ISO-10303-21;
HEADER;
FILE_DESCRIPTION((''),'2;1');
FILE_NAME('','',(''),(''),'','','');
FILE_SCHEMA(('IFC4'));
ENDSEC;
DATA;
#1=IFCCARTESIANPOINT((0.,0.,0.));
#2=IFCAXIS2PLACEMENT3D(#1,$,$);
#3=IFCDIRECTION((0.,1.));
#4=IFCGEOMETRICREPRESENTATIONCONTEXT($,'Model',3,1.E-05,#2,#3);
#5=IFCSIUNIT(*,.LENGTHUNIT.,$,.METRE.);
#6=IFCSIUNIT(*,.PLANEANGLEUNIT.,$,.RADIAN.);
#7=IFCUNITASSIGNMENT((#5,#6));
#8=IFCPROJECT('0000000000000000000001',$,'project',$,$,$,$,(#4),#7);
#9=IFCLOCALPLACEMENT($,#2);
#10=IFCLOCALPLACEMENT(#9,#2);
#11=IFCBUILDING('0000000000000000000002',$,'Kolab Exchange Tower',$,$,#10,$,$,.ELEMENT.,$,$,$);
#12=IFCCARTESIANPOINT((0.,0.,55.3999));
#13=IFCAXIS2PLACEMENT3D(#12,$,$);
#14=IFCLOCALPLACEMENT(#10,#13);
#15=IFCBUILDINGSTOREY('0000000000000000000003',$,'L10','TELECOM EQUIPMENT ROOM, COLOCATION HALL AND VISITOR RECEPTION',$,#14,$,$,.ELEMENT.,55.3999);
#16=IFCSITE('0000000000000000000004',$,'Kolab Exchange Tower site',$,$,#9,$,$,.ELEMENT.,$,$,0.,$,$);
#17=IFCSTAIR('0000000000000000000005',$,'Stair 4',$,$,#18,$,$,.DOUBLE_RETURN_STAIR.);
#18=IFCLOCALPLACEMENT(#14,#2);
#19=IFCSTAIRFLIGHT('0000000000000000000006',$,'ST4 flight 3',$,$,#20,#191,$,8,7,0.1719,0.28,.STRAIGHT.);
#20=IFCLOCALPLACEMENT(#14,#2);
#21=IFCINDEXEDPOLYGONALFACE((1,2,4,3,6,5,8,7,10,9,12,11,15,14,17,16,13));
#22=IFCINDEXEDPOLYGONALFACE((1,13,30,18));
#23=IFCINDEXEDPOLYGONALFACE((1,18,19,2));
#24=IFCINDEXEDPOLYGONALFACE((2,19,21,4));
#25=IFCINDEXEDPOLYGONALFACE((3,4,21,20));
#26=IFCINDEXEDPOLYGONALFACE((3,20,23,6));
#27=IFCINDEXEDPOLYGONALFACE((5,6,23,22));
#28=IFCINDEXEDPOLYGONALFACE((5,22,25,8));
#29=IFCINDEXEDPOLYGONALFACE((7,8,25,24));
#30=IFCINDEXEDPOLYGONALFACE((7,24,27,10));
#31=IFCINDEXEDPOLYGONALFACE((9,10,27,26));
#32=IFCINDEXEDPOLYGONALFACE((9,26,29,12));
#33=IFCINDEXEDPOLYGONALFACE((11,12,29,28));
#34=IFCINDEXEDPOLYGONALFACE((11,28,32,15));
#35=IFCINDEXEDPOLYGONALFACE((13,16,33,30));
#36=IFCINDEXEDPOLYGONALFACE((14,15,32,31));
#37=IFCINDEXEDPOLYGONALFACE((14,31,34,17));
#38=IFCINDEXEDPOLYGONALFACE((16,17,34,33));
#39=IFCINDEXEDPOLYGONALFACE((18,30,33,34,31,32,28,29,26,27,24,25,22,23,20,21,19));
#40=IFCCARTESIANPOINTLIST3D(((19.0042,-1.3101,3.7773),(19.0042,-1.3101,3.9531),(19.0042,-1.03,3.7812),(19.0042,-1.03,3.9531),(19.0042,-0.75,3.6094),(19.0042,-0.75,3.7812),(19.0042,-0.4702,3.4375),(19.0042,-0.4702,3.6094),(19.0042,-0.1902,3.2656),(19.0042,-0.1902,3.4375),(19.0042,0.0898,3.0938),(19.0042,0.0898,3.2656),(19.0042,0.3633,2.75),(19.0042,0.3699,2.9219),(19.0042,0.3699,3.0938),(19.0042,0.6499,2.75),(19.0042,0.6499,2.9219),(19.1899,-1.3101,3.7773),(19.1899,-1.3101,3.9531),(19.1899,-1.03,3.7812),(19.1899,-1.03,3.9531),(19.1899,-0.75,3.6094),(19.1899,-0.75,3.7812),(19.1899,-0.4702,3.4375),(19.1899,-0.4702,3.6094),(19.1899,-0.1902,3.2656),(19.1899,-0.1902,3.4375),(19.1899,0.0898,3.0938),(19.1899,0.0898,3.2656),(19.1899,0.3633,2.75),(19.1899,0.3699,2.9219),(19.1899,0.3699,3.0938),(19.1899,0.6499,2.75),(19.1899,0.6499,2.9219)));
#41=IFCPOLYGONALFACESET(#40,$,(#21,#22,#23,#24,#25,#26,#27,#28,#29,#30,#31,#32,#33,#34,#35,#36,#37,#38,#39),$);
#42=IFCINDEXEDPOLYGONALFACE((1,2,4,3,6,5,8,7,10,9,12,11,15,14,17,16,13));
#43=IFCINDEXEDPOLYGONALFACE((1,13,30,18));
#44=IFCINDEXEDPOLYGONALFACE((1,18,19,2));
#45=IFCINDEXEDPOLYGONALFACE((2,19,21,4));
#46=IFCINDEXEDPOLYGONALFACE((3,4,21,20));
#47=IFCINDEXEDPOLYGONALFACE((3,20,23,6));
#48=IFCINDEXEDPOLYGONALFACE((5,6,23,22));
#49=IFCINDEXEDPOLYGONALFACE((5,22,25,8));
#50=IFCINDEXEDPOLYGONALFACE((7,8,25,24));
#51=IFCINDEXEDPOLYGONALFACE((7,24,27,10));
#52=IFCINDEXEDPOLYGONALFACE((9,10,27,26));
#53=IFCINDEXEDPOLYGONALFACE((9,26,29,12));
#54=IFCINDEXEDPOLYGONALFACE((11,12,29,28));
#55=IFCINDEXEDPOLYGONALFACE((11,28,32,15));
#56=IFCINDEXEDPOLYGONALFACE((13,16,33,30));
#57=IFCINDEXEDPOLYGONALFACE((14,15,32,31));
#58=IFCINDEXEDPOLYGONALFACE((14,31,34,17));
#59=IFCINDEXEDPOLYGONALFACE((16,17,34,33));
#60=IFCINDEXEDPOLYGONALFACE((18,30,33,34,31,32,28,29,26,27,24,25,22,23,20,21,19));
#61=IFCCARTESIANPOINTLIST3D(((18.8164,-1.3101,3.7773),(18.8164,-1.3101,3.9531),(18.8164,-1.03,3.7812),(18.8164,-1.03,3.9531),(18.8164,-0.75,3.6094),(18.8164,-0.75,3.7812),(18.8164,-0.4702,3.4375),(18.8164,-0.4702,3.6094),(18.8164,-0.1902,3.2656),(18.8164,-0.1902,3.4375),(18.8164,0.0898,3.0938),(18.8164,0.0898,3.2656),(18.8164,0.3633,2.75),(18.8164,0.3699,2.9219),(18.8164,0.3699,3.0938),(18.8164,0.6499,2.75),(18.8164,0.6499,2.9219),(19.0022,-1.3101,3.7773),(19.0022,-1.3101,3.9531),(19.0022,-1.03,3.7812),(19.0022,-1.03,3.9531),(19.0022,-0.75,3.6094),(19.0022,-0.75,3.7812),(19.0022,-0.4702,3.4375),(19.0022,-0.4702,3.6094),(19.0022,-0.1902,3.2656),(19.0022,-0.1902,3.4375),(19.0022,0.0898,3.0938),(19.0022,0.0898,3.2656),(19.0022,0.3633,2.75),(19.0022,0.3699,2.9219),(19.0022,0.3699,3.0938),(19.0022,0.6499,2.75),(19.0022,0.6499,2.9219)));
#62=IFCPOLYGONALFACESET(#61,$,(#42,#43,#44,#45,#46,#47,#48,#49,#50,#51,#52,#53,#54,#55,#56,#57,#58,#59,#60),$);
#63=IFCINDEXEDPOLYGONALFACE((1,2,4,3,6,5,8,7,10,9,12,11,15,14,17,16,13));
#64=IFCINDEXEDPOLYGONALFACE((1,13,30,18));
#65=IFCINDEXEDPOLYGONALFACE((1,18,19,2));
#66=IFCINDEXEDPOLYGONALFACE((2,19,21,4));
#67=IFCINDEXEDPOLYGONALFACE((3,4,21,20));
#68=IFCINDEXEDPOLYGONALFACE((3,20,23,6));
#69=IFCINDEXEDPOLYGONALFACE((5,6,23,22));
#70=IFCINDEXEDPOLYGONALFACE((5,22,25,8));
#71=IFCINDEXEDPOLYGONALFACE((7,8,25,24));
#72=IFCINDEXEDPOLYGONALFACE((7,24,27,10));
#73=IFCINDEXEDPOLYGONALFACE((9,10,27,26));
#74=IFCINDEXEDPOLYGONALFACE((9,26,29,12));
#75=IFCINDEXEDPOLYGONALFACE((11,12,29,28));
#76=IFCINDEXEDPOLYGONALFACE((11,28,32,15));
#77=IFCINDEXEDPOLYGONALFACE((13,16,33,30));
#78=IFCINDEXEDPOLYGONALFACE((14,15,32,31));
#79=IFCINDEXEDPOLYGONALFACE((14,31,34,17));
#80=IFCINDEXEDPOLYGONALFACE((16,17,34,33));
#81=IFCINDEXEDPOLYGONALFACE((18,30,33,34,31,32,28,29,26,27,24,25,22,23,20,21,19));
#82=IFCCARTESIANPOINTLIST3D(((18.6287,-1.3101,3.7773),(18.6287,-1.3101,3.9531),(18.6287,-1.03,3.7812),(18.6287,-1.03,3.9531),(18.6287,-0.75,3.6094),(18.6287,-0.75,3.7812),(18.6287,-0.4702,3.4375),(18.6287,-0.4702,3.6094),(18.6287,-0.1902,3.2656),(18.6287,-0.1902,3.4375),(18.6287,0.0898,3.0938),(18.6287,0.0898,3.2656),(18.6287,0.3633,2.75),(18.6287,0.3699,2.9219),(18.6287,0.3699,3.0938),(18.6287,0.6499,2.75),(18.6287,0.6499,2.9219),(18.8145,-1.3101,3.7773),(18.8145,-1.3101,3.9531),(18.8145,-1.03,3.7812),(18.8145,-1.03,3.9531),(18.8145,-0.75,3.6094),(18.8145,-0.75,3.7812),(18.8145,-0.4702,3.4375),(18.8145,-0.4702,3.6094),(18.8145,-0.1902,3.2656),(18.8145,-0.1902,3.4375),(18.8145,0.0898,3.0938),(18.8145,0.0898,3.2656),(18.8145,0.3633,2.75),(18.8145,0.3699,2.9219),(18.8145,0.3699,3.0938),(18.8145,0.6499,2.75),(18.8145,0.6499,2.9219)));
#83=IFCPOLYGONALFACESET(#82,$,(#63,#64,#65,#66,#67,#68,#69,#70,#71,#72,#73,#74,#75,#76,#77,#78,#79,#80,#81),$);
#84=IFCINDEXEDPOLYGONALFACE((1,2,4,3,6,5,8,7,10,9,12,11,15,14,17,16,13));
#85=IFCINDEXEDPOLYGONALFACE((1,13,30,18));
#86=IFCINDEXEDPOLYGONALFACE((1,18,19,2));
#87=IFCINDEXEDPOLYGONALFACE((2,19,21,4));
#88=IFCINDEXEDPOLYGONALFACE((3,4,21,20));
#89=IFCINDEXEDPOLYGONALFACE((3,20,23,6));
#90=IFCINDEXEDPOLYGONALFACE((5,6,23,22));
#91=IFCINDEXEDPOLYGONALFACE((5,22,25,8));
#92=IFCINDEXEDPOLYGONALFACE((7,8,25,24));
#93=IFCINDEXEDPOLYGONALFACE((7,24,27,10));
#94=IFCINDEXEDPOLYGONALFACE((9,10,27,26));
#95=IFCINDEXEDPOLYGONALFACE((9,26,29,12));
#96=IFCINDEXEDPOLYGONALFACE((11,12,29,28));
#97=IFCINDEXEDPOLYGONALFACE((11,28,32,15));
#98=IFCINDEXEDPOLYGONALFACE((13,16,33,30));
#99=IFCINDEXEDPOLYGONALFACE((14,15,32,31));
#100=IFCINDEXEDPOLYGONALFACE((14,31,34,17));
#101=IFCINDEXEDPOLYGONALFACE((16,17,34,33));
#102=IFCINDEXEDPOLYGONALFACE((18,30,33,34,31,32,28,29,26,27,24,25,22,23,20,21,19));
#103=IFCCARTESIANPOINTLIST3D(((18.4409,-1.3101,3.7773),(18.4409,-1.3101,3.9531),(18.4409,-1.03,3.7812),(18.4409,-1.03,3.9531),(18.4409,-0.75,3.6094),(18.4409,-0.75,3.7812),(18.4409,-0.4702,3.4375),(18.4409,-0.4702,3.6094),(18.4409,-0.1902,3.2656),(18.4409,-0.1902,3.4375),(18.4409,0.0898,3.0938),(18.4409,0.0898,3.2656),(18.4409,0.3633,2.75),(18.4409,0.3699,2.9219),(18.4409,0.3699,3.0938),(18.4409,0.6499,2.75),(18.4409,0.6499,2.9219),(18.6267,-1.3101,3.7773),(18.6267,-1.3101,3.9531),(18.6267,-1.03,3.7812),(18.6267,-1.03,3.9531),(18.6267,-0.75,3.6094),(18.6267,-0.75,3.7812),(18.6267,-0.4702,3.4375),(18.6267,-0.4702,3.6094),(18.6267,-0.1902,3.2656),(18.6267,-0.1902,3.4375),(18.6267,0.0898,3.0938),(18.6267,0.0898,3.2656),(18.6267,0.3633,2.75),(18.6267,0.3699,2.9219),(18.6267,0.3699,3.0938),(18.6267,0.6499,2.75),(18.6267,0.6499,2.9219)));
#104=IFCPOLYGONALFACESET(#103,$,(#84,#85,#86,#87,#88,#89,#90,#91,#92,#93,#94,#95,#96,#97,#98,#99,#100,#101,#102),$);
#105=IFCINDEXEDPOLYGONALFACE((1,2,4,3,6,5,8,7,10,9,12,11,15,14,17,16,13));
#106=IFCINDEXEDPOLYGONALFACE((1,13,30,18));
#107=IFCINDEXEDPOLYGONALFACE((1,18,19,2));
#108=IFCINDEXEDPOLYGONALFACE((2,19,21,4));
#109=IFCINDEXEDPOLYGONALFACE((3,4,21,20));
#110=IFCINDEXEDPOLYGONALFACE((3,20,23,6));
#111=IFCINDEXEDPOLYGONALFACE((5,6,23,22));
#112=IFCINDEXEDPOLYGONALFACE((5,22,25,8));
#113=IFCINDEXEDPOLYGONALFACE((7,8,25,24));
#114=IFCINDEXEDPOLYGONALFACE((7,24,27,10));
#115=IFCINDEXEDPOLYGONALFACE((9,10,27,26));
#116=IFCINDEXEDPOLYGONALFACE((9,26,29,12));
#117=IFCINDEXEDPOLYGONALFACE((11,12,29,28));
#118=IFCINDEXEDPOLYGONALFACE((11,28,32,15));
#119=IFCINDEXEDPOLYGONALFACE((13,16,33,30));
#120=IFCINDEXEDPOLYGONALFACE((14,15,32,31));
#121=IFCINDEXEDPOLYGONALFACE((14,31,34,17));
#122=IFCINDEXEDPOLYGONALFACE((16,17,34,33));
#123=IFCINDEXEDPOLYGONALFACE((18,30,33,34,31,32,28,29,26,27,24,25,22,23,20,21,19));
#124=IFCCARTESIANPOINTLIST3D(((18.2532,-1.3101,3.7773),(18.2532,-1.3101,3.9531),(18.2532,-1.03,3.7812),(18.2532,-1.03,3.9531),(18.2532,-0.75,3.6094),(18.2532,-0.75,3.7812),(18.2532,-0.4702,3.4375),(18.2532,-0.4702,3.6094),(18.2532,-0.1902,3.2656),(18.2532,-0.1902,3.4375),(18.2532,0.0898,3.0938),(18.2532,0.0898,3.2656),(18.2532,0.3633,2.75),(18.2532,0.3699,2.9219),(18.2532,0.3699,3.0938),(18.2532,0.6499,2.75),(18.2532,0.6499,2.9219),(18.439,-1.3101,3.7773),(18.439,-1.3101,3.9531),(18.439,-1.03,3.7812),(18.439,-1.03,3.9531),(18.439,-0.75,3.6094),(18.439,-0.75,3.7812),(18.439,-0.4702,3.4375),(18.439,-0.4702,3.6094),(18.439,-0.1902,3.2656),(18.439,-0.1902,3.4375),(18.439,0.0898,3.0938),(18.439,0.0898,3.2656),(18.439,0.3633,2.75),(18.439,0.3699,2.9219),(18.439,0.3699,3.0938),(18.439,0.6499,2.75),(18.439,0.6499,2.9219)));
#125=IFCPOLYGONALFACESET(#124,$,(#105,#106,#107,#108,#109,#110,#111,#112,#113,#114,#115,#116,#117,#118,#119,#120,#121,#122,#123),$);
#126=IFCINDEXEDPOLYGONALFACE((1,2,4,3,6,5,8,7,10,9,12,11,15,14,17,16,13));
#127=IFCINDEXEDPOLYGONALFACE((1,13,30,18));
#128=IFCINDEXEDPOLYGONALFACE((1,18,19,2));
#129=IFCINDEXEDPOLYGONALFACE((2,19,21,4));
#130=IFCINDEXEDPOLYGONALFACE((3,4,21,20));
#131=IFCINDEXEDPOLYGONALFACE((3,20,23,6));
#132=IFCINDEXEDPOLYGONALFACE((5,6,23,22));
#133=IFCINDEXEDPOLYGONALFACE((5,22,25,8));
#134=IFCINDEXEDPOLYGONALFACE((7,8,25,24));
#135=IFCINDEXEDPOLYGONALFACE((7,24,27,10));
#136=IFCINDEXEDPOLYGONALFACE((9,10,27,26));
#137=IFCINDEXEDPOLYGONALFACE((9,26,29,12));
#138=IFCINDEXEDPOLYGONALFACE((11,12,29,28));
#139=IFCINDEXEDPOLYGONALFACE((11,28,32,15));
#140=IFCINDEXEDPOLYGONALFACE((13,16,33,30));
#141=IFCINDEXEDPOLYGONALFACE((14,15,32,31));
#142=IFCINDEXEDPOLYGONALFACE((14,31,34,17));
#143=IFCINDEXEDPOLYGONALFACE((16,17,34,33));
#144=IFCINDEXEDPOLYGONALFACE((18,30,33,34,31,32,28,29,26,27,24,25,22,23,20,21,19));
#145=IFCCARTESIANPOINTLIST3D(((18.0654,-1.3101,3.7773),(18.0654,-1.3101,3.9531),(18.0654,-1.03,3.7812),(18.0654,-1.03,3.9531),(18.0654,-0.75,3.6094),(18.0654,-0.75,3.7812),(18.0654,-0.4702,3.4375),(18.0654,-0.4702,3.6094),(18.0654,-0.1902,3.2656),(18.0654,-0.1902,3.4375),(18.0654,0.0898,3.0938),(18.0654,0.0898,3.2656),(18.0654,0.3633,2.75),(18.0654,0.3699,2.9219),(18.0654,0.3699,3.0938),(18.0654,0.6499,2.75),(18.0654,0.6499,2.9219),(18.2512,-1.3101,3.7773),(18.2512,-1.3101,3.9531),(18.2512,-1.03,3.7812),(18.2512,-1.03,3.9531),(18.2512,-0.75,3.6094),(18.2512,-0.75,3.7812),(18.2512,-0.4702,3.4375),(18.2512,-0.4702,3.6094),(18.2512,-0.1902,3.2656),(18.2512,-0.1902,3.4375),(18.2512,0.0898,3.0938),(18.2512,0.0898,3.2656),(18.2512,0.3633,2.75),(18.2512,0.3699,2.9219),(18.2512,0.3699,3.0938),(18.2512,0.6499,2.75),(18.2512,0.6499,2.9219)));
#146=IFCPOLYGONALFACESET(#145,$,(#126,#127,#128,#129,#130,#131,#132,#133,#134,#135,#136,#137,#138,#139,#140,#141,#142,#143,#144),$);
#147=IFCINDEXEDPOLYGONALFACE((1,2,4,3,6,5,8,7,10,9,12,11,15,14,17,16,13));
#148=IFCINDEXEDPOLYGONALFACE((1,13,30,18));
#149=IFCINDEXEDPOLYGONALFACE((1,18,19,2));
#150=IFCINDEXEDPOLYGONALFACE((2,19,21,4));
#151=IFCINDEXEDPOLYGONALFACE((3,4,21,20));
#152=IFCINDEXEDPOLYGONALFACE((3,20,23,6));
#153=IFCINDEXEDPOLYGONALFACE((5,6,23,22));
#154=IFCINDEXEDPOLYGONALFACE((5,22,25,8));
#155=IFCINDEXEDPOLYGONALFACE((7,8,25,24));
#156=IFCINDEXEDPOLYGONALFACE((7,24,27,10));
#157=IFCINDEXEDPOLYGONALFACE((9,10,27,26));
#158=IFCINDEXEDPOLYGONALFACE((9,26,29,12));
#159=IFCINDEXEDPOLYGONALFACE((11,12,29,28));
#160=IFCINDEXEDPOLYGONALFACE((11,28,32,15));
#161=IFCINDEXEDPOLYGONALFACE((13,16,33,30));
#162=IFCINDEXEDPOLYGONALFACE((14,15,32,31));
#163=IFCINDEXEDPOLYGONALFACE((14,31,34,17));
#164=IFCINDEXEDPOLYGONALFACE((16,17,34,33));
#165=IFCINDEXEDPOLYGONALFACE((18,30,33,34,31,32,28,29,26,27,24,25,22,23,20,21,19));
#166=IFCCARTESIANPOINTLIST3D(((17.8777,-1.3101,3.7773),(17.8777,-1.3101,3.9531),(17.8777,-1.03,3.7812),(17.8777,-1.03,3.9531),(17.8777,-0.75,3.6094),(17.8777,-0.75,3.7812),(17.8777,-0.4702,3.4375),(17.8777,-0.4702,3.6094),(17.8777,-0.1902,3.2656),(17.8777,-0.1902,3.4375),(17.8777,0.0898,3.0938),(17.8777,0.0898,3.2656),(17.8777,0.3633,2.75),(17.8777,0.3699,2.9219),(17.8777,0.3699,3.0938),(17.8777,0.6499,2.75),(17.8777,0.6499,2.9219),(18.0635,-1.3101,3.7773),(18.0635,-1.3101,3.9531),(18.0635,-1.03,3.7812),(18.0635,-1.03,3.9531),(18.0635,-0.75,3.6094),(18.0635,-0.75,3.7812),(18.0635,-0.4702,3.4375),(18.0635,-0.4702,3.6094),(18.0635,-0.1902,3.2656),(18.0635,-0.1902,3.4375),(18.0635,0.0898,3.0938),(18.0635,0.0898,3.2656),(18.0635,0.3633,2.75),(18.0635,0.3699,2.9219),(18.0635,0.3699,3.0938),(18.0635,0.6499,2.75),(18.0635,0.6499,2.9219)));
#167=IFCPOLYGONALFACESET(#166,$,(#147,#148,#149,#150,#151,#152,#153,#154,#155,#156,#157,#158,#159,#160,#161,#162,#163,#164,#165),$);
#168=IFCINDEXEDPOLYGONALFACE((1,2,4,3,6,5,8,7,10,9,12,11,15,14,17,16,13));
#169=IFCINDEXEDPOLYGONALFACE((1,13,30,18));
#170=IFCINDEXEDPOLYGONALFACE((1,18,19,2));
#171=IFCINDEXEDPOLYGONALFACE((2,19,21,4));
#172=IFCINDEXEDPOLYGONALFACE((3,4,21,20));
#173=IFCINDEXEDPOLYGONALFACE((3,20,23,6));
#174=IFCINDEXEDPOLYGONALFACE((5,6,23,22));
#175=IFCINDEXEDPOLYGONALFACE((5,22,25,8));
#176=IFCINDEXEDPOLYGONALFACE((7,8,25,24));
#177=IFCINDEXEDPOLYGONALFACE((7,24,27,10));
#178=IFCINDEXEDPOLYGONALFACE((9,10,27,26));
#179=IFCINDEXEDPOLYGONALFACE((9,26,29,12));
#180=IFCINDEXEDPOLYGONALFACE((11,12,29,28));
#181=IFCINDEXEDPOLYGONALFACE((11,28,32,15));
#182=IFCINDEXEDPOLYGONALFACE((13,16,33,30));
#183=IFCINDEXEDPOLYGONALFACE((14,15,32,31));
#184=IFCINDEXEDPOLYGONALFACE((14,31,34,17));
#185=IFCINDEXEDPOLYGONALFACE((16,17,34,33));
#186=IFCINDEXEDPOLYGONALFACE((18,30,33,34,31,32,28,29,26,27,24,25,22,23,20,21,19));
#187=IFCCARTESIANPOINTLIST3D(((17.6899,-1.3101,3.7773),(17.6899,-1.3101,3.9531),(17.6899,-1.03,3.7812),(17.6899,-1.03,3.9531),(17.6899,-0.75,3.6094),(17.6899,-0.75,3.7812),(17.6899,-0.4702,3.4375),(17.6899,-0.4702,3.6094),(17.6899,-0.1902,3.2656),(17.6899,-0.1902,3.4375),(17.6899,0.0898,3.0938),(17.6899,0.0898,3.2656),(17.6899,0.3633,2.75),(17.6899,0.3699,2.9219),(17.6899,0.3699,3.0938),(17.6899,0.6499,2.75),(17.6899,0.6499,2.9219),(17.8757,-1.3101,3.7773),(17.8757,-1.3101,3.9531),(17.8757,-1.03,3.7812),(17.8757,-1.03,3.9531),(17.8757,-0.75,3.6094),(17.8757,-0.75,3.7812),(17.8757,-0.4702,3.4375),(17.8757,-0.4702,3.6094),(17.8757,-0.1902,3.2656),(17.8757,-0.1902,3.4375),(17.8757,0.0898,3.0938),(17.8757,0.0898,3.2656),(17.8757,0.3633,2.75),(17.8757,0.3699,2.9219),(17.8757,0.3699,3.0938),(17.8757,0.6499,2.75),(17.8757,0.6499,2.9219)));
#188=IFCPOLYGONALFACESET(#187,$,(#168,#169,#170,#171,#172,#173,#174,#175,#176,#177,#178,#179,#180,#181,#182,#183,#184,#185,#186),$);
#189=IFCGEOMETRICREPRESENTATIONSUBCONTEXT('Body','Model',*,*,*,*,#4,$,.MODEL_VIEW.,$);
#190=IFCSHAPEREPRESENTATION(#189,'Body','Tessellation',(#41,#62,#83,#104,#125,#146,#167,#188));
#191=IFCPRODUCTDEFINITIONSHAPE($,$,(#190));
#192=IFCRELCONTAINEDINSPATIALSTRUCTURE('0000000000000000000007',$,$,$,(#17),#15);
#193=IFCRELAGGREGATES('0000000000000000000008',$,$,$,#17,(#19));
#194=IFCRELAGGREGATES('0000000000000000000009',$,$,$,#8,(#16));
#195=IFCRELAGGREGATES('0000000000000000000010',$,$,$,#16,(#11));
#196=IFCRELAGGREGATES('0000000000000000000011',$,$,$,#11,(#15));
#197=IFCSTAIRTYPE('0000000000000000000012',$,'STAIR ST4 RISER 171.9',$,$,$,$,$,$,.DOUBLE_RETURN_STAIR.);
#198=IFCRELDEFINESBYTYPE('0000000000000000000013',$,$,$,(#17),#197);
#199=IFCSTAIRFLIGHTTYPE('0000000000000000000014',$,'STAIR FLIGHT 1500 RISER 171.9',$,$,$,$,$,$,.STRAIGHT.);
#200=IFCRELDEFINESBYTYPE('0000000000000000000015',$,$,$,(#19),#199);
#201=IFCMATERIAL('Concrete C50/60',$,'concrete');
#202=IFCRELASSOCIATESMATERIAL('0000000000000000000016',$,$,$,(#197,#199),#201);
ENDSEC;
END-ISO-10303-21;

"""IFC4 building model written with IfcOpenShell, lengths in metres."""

from ifc_helpers import new_model, si_unit, direction, frame, origin, place, context, subcontext, project, spatial, polyline, outline, extrude, material, type_object, element, aggregate, save


model = new_model("IFC4")

# Units and contexts
model_context = context("Model", 3, precision=1e-05, world=origin(), true_north=direction((0.0, 1.0)))
body_context = subcontext(model_context, "Body", "Model", "MODEL_VIEW")
ifc_project = project(units=[si_unit("LENGTHUNIT", "METRE"), si_unit("PLANEANGLEUNIT", "RADIAN")], contexts=[model_context])

# Site, building, storey
site_placement = place(None, origin())
site = spatial("IfcSite", under=ifc_project, at=site_placement, Name="Kolab Exchange Tower site", CompositionType="ELEMENT", RefElevation=0.0)
building_placement = place(site_placement, origin())
building = spatial("IfcBuilding", under=site, at=building_placement, Name="Kolab Exchange Tower", CompositionType="ELEMENT")
storey_placement = place(building_placement, frame((0.0, 0.0, 55.3999)))
storey = spatial("IfcBuildingStorey", under=building, at=storey_placement, Name="L10", Description="TELECOM EQUIPMENT ROOM, COLOCATION HALL AND VISITOR RECEPTION", CompositionType="ELEMENT", Elevation=55.3999)

# Shared definitions
ifc_material_1 = material(Name="Concrete C50/60", Category="concrete")

# Stair, stair flight
stair_type = type_object("IfcStairType", Name="STAIR ST4 RISER 171.9", PredefinedType="DOUBLE_RETURN_STAIR", material=ifc_material_1)
stair_placement = place(storey_placement, origin())
stair = element("IfcStair", 1, at=stair_placement, inside=storey, type_object=stair_type, Name="Stair 4", PredefinedType="DOUBLE_RETURN_STAIR")
stair_flight_type = type_object("IfcStairFlightType", Name="STAIR FLIGHT 1500 RISER 171.9", PredefinedType="STRAIGHT", material=ifc_material_1)
stair_flight_1_placement = place(storey_placement, frame((18.4399, 0.6499, 2.75), z_axis=(0.0, 0.0, 1.0), x_axis=(0.0, -1.0, 0.0)))
stair_flight_1 = element("IfcStairFlight", 2, at=stair_flight_1_placement, type_object=stair_flight_type, Name="ST4 flight 3", NumberOfRisers=8, NumberOfTreads=7, PredefinedType="STRAIGHT", RiserHeight=0.1719, TreadLength=0.28, context=body_context, shape_type="SweptSolid", body=[
    extrude(outline(polyline([(0.0, 0.0), (0.0, 0.1719), (0.28, 0.1719), (0.28, 0.3438), (0.5601, 0.3438), (0.5601, 0.5156), (0.8401, 0.5156), (0.8401, 0.6875), (1.1201, 0.6875), (1.1201, 0.8594), (1.3999, 0.8594), (1.3999, 1.0312), (1.6799, 1.0312), (1.6799, 1.2031), (1.96, 1.2031), (1.96, 1.375), (1.96, 1.0273), (0.2866, 0.0), (0.0, 0.0)])), frame((0.0, 0.75, 0.0), z_axis=(0.0, -1.0, 0.0), x_axis=(1.0, 0.0, 0.0)), (0.0, 0.0, 1.0), 0.1858),
    extrude(outline(polyline([(0.0, 0.0), (0.0, 0.1719), (0.28, 0.1719), (0.28, 0.3438), (0.5601, 0.3438), (0.5601, 0.5156), (0.8401, 0.5156), (0.8401, 0.6875), (1.1201, 0.6875), (1.1201, 0.8594), (1.3999, 0.8594), (1.3999, 1.0312), (1.6799, 1.0312), (1.6799, 1.2031), (1.96, 1.2031), (1.96, 1.375), (1.96, 1.0273), (0.2866, 0.0), (0.0, 0.0)])), frame((0.0, 0.5623, 0.0), z_axis=(0.0, -1.0, 0.0), x_axis=(1.0, 0.0, 0.0)), (0.0, 0.0, 1.0), 0.1858),
    extrude(outline(polyline([(0.0, 0.0), (0.0, 0.1719), (0.28, 0.1719), (0.28, 0.3438), (0.5601, 0.3438), (0.5601, 0.5156), (0.8401, 0.5156), (0.8401, 0.6875), (1.1201, 0.6875), (1.1201, 0.8594), (1.3999, 0.8594), (1.3999, 1.0312), (1.6799, 1.0312), (1.6799, 1.2031), (1.96, 1.2031), (1.96, 1.375), (1.96, 1.0273), (0.2866, 0.0), (0.0, 0.0)])), frame((0.0, 0.3745, 0.0), z_axis=(0.0, -1.0, 0.0), x_axis=(1.0, 0.0, 0.0)), (0.0, 0.0, 1.0), 0.1858),
    extrude(outline(polyline([(0.0, 0.0), (0.0, 0.1719), (0.28, 0.1719), (0.28, 0.3438), (0.5601, 0.3438), (0.5601, 0.5156), (0.8401, 0.5156), (0.8401, 0.6875), (1.1201, 0.6875), (1.1201, 0.8594), (1.3999, 0.8594), (1.3999, 1.0312), (1.6799, 1.0312), (1.6799, 1.2031), (1.96, 1.2031), (1.96, 1.375), (1.96, 1.0273), (0.2866, 0.0), (0.0, 0.0)])), frame((0.0, 0.1868, 0.0), z_axis=(0.0, -1.0, 0.0), x_axis=(1.0, 0.0, 0.0)), (0.0, 0.0, 1.0), 0.1858),
    extrude(outline(polyline([(0.0, 0.0), (0.0, 0.1719), (0.28, 0.1719), (0.28, 0.3438), (0.5601, 0.3438), (0.5601, 0.5156), (0.8401, 0.5156), (0.8401, 0.6875), (1.1201, 0.6875), (1.1201, 0.8594), (1.3999, 0.8594), (1.3999, 1.0312), (1.6799, 1.0312), (1.6799, 1.2031), (1.96, 1.2031), (1.96, 1.375), (1.96, 1.0273), (0.2866, 0.0), (0.0, 0.0)])), frame((0.0, -0.001, 0.0), z_axis=(0.0, -1.0, 0.0), x_axis=(1.0, 0.0, 0.0)), (0.0, 0.0, 1.0), 0.1858),
    extrude(outline(polyline([(0.0, 0.0), (0.0, 0.1719), (0.28, 0.1719), (0.28, 0.3438), (0.5601, 0.3438), (0.5601, 0.5156), (0.8401, 0.5156), (0.8401, 0.6875), (1.1201, 0.6875), (1.1201, 0.8594), (1.3999, 0.8594), (1.3999, 1.0312), (1.6799, 1.0312), (1.6799, 1.2031), (1.96, 1.2031), (1.96, 1.375), (1.96, 1.0273), (0.2866, 0.0), (0.0, 0.0)])), frame((0.0, -0.1887, 0.0), z_axis=(0.0, -1.0, 0.0), x_axis=(1.0, 0.0, 0.0)), (0.0, 0.0, 1.0), 0.1858),
    extrude(outline(polyline([(0.0, 0.0), (0.0, 0.1719), (0.28, 0.1719), (0.28, 0.3438), (0.5601, 0.3438), (0.5601, 0.5156), (0.8401, 0.5156), (0.8401, 0.6875), (1.1201, 0.6875), (1.1201, 0.8594), (1.3999, 0.8594), (1.3999, 1.0312), (1.6799, 1.0312), (1.6799, 1.2031), (1.96, 1.2031), (1.96, 1.375), (1.96, 1.0273), (0.2866, 0.0), (0.0, 0.0)])), frame((0.0, -0.3765, 0.0), z_axis=(0.0, -1.0, 0.0), x_axis=(1.0, 0.0, 0.0)), (0.0, 0.0, 1.0), 0.1858),
    extrude(outline(polyline([(0.0, 0.0), (0.0, 0.1719), (0.28, 0.1719), (0.28, 0.3438), (0.5601, 0.3438), (0.5601, 0.5156), (0.8401, 0.5156), (0.8401, 0.6875), (1.1201, 0.6875), (1.1201, 0.8594), (1.3999, 0.8594), (1.3999, 1.0312), (1.6799, 1.0312), (1.6799, 1.2031), (1.96, 1.2031), (1.96, 1.375), (1.96, 1.0273), (0.2866, 0.0), (0.0, 0.0)])), frame((0.0, -0.5642, 0.0), z_axis=(0.0, -1.0, 0.0), x_axis=(1.0, 0.0, 0.0)), (0.0, 0.0, 1.0), 0.1858),
])
aggregate(stair, [stair_flight_1])

save(model, "model.ifc")
